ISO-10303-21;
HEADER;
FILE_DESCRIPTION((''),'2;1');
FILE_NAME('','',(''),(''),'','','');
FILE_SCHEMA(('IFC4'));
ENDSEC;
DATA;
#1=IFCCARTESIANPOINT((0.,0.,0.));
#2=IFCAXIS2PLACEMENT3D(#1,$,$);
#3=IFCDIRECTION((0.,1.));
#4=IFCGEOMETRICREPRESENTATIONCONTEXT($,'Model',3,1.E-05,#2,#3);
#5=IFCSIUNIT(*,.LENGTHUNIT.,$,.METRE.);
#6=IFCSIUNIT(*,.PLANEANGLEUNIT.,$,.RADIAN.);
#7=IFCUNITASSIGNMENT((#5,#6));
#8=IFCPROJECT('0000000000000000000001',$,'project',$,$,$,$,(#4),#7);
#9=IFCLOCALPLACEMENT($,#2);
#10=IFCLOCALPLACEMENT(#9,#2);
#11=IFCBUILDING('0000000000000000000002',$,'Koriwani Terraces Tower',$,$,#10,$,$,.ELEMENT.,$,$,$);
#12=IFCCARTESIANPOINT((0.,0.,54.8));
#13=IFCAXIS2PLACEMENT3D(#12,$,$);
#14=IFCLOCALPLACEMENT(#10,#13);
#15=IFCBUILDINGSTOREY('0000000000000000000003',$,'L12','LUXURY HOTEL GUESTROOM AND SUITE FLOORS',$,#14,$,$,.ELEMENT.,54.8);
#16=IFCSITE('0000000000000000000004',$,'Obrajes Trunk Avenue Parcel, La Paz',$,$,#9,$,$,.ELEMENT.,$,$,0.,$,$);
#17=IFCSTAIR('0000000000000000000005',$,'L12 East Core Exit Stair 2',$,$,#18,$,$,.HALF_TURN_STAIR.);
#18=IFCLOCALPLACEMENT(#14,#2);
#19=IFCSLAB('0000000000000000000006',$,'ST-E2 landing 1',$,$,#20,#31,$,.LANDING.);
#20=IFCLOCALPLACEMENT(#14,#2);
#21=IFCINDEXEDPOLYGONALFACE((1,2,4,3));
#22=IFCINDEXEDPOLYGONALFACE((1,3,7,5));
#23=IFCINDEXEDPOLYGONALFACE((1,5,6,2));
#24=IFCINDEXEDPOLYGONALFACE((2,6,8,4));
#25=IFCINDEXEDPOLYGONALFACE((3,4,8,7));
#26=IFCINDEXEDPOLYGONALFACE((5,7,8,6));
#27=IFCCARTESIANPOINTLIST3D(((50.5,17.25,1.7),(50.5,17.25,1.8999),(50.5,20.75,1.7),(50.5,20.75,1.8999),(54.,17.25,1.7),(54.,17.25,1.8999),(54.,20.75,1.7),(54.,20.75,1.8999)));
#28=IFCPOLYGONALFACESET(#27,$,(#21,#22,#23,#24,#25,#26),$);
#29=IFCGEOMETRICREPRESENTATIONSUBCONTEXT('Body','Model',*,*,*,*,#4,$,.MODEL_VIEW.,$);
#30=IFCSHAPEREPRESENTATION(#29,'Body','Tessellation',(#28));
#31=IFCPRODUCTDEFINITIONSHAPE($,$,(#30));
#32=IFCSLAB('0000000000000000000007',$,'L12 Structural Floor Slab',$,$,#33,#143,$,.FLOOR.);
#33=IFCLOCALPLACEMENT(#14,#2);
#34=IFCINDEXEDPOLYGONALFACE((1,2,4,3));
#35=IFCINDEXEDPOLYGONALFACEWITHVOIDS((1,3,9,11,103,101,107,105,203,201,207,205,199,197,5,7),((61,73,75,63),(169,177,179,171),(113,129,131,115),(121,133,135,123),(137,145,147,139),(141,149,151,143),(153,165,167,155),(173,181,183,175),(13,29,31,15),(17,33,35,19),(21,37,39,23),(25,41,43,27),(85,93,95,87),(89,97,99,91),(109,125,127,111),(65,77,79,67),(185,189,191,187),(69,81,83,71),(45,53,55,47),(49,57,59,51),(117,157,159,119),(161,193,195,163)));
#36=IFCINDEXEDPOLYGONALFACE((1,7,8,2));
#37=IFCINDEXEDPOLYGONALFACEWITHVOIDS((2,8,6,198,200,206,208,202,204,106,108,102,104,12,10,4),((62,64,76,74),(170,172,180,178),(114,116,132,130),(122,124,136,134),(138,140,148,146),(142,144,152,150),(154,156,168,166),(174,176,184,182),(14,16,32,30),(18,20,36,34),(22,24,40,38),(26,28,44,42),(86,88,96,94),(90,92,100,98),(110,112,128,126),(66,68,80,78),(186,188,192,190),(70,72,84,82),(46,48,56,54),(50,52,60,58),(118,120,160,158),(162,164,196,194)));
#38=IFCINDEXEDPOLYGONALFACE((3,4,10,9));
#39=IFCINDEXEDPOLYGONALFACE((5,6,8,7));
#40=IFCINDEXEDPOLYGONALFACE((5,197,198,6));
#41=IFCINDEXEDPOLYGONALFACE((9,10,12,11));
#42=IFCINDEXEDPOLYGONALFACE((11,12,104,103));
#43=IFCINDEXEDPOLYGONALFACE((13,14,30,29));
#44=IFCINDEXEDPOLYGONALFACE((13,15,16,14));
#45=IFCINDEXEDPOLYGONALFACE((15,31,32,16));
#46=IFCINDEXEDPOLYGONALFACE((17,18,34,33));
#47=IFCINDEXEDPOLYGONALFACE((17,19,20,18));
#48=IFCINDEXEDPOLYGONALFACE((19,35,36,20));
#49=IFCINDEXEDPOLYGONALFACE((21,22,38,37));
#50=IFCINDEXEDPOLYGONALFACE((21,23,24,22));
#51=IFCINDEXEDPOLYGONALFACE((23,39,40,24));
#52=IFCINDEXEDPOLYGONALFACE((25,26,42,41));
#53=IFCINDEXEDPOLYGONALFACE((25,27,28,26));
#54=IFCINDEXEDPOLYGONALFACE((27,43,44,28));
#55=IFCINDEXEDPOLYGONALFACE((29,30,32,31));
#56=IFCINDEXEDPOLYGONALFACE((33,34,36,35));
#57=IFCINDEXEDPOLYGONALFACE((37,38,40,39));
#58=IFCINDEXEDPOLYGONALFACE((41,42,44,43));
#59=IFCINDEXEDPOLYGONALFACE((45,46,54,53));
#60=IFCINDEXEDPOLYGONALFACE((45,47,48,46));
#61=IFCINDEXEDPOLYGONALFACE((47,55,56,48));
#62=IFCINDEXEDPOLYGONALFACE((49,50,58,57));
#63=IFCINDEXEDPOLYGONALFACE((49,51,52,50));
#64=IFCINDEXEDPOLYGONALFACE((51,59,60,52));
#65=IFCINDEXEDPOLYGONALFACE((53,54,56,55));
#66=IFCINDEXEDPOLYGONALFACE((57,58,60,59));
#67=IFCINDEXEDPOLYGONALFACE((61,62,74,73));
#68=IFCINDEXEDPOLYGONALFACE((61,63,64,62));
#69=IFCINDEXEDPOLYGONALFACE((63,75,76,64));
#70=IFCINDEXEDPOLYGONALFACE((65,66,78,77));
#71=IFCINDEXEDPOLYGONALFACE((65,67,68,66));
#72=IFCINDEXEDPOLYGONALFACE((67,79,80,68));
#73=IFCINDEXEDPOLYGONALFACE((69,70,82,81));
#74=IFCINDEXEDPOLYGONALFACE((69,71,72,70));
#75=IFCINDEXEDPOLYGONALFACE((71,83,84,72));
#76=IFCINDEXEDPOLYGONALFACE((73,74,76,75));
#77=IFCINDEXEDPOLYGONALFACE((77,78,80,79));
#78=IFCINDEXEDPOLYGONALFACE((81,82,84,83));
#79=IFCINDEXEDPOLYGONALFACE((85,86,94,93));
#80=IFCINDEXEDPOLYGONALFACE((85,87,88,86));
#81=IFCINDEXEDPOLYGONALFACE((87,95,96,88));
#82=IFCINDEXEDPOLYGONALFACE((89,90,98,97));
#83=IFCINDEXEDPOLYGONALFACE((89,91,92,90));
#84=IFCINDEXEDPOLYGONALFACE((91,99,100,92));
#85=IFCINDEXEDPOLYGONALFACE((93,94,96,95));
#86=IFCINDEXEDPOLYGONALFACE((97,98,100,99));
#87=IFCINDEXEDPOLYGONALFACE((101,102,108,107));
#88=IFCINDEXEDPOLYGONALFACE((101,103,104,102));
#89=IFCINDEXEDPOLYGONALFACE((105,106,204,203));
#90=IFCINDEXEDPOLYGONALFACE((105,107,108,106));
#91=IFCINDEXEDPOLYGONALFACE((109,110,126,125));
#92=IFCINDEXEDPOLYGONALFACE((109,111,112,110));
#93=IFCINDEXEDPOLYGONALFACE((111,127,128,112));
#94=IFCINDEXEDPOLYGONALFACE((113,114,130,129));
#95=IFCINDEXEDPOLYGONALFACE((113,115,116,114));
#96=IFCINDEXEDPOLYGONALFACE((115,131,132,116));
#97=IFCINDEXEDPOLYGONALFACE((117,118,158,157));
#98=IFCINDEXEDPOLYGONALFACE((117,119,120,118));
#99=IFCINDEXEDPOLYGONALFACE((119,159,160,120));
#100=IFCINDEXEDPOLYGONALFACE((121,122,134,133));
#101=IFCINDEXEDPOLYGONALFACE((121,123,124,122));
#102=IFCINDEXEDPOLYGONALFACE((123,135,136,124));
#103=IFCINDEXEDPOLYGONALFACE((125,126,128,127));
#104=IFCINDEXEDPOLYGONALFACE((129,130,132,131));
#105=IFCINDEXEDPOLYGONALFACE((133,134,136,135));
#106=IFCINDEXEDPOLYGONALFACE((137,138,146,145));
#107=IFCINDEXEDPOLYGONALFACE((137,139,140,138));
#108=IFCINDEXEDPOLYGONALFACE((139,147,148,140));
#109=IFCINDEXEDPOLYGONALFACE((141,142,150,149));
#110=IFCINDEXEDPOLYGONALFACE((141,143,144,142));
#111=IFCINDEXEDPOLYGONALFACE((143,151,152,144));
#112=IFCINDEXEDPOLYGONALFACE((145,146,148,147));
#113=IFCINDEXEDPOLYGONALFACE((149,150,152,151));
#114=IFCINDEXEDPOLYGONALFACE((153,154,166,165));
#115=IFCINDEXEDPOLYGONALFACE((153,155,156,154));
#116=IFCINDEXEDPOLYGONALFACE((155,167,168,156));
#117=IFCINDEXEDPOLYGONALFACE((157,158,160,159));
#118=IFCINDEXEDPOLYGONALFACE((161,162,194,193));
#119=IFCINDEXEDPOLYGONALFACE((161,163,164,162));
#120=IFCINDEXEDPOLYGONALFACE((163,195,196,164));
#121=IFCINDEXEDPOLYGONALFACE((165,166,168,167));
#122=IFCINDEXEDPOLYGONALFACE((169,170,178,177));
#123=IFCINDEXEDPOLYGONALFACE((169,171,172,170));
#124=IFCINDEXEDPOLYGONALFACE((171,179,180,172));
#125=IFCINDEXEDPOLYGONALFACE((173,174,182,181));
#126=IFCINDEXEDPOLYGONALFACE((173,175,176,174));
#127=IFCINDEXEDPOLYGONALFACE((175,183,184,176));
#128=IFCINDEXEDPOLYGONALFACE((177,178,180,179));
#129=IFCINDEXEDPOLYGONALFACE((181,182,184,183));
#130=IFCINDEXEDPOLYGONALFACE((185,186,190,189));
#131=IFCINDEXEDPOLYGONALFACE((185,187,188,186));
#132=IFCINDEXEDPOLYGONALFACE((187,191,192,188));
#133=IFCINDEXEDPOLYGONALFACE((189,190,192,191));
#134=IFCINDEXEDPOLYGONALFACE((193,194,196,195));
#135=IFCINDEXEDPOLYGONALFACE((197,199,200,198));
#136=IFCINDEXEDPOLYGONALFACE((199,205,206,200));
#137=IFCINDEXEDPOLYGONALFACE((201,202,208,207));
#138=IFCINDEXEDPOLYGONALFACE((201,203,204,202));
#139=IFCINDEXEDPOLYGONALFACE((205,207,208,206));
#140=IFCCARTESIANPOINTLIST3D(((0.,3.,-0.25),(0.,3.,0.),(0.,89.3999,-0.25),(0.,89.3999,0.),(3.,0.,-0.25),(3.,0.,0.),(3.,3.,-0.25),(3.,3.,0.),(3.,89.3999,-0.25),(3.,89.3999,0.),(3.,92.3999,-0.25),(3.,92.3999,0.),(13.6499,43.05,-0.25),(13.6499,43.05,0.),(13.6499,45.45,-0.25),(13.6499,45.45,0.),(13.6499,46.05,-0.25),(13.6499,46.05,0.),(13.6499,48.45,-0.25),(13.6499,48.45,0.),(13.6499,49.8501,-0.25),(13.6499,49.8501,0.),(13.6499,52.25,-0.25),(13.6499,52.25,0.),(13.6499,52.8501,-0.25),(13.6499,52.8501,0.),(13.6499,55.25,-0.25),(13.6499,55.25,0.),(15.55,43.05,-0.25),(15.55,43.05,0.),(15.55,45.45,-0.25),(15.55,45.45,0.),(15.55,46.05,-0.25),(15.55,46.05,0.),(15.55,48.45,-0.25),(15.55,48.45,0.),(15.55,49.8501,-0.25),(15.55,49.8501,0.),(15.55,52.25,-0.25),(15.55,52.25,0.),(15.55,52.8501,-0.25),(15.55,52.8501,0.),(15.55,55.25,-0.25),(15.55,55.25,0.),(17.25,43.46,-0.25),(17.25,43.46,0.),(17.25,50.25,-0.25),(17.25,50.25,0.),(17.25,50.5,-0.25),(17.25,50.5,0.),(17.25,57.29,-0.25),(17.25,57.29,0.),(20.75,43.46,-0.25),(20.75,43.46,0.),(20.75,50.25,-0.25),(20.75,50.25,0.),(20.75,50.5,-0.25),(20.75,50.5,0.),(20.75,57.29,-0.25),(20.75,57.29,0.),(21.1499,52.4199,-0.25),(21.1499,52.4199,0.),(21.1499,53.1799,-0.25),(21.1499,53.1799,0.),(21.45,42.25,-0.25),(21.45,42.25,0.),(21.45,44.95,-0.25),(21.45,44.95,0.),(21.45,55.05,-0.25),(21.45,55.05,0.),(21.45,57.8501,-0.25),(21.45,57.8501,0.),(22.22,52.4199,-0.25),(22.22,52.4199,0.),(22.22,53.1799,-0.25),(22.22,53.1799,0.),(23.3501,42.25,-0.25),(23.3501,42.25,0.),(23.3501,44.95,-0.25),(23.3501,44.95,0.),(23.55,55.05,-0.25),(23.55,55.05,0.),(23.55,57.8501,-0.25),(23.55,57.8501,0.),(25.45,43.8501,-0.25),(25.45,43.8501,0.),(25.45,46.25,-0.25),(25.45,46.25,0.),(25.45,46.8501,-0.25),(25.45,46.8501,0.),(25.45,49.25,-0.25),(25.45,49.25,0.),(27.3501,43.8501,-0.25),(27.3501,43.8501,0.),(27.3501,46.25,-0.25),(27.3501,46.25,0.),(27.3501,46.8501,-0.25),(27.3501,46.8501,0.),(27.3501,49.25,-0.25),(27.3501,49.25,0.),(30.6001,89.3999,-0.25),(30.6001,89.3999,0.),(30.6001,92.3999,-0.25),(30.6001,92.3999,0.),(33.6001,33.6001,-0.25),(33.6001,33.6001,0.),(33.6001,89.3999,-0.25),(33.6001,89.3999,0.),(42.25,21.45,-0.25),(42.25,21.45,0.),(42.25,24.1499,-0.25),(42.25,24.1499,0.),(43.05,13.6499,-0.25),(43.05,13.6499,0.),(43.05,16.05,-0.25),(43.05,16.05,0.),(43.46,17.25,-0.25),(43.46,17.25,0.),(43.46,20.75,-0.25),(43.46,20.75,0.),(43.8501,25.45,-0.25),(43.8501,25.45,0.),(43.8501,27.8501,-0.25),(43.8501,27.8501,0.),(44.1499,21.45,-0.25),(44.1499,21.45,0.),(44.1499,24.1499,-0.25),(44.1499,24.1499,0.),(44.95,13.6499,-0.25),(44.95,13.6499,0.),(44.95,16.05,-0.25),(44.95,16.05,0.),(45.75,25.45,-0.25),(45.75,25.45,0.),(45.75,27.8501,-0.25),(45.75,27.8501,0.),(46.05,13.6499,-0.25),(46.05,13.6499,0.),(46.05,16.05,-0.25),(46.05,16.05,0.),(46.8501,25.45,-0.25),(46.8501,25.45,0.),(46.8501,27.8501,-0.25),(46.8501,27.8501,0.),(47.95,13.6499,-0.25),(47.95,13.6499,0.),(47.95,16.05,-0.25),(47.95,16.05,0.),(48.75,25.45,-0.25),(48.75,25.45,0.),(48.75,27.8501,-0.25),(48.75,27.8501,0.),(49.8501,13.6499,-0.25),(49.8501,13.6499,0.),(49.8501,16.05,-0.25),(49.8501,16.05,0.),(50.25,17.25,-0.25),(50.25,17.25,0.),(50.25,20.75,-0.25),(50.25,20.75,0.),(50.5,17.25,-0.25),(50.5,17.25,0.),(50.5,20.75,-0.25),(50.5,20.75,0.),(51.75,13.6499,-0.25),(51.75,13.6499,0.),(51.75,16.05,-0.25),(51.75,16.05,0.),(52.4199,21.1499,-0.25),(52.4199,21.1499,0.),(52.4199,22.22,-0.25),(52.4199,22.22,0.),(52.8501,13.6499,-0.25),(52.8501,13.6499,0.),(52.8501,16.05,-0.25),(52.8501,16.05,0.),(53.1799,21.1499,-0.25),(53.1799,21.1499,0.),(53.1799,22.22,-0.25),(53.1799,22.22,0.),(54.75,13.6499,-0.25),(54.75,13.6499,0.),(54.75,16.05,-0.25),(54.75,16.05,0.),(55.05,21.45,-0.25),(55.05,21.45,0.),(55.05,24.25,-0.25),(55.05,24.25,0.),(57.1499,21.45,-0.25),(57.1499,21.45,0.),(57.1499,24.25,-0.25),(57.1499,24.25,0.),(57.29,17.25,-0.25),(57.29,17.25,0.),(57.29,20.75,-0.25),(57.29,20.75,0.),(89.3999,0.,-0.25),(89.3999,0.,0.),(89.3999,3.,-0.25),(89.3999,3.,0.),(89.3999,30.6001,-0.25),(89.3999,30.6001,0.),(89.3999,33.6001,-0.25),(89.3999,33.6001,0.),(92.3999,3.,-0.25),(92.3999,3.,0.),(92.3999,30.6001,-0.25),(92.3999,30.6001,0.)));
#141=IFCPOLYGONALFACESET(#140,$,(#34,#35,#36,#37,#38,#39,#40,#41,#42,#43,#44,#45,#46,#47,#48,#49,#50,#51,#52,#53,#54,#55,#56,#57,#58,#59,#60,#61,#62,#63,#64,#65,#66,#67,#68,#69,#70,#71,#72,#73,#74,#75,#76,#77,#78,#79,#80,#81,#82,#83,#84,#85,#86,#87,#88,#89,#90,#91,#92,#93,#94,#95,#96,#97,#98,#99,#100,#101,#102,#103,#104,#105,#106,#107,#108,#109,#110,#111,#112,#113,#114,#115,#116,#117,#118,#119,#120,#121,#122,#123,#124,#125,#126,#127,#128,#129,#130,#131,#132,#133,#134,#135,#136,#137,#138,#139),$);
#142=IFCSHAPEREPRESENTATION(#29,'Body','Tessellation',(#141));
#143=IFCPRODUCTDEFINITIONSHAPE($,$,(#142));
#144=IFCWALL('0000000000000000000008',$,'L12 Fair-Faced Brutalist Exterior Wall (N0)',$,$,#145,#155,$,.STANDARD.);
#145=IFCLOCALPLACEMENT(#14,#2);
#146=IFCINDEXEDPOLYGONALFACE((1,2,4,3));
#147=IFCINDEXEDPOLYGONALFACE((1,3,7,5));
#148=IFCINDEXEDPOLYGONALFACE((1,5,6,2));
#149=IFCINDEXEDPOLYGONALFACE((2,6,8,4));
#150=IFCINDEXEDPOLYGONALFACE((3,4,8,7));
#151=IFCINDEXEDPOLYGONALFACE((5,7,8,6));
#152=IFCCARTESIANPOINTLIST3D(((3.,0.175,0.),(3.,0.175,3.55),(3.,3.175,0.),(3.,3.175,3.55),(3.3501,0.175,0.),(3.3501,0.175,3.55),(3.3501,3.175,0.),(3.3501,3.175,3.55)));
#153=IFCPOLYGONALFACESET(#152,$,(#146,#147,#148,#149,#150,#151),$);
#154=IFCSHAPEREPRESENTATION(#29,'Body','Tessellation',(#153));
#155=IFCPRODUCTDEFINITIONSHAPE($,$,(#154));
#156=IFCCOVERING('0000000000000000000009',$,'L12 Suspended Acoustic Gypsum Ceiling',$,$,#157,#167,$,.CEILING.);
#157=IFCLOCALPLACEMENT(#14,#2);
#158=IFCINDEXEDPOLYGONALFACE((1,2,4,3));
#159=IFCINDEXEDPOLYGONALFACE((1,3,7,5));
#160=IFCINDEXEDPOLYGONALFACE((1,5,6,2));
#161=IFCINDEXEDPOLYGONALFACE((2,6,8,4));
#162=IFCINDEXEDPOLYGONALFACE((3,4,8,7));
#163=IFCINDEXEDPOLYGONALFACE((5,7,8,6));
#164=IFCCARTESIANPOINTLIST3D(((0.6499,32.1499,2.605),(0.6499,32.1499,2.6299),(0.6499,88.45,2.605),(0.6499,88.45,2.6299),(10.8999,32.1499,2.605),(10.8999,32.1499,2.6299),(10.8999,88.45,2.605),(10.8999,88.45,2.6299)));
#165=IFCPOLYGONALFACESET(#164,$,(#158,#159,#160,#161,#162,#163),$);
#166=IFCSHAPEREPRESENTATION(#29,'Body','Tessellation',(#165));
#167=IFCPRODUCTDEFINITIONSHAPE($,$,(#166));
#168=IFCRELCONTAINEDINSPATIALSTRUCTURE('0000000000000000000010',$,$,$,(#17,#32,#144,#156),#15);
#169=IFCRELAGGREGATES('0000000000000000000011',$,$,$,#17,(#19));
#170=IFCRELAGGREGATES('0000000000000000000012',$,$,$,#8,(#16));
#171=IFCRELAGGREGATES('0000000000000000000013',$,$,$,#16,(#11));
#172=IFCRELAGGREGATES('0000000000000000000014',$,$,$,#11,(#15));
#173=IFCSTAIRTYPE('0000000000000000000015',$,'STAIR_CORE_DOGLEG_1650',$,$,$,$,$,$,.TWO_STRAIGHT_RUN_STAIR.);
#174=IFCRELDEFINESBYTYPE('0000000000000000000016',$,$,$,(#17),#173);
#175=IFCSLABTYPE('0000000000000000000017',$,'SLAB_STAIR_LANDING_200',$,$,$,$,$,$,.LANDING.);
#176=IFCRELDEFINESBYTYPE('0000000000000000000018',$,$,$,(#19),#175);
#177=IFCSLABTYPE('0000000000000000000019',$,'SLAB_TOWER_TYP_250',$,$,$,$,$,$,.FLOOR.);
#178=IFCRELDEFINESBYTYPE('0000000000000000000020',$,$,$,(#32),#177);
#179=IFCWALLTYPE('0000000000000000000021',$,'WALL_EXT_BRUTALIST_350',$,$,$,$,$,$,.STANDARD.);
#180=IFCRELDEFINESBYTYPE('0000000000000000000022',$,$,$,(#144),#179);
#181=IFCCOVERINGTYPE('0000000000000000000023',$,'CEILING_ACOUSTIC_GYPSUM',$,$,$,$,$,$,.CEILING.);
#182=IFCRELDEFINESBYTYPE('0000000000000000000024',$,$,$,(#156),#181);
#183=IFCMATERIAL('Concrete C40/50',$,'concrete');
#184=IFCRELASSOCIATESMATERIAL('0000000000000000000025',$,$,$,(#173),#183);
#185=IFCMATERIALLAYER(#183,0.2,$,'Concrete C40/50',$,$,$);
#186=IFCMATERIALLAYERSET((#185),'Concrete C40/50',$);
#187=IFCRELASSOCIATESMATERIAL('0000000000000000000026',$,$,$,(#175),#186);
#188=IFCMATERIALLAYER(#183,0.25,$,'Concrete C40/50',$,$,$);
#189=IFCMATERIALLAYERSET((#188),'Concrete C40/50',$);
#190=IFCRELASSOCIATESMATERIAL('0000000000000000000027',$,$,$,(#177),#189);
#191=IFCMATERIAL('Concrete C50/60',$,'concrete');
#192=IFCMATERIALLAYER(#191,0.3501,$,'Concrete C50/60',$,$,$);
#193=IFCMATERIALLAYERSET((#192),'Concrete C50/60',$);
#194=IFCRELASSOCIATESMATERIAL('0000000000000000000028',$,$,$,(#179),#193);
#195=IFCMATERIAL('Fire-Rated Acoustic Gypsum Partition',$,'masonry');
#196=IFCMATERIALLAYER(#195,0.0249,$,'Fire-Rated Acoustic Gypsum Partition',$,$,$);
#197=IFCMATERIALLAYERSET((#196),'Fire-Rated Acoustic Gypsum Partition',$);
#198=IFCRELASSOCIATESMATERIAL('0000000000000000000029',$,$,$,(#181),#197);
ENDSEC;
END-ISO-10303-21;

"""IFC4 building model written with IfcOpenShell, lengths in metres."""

from ifc_helpers import new_model, si_unit, direction, frame, frame_2d, origin, place, context, subcontext, project, spatial, polyline, rectangle, outline, extrude, material, layer, layer_set, type_object, element, aggregate, save


model = new_model("IFC4")

# Units and contexts
model_context = context("Model", 3, precision=1e-05, world=origin(), true_north=direction((0.0, 1.0)))
body_context = subcontext(model_context, "Body", "Model", "MODEL_VIEW")
ifc_project = project(units=[si_unit("LENGTHUNIT", "METRE"), si_unit("PLANEANGLEUNIT", "RADIAN")], contexts=[model_context])

# Site, building, storey
site_placement = place(None, origin())
site = spatial("IfcSite", under=ifc_project, at=site_placement, Name="Obrajes Trunk Avenue Parcel, La Paz", CompositionType="ELEMENT", RefElevation=0.0)
building_placement = place(site_placement, origin())
building = spatial("IfcBuilding", under=site, at=building_placement, Name="Koriwani Terraces Tower", CompositionType="ELEMENT")
storey_placement = place(building_placement, frame((0.0, 0.0, 54.8)))
storey = spatial("IfcBuildingStorey", under=building, at=storey_placement, Name="L12", Description="LUXURY HOTEL GUESTROOM AND SUITE FLOORS", CompositionType="ELEMENT", Elevation=54.8)

# Shared definitions
ifc_material_1 = material(Name="Concrete C40/50", Category="concrete")

# Stair, slab
stair_type = type_object("IfcStairType", Name="STAIR_CORE_DOGLEG_1650", PredefinedType="TWO_STRAIGHT_RUN_STAIR", material=ifc_material_1)
ifc_layer_1 = layer(ifc_material_1, 0.2, Name="Concrete C40/50")
ifc_layer_set_1 = layer_set([ifc_layer_1], Name="Concrete C40/50")
slab_type_1 = type_object("IfcSlabType", Name="SLAB_STAIR_LANDING_200", PredefinedType="LANDING", material=ifc_layer_set_1)
stair_1_placement = place(storey_placement, origin())
stair_1 = element("IfcStair", 1, at=stair_1_placement, inside=storey, type_object=stair_type, Name="L12 East Core Exit Stair 2", PredefinedType="HALF_TURN_STAIR")
slab_1_placement = place(storey_placement, frame((0.0, 0.0, 1.7)))
slab_1 = element("IfcSlab", 2, at=slab_1_placement, type_object=slab_type_1, Name="ST-E2 landing 1", PredefinedType="LANDING", context=body_context, shape_type="SweptSolid", body=[
    extrude(outline(polyline([(54.0, 20.75), (50.5, 20.75), (50.5, 17.25), (54.0, 17.25), (54.0, 20.75)])), origin(), (0.0, 0.0, 1.0), 0.2),
])
aggregate(stair_1, [slab_1])

# Slab
ifc_layer_2 = layer(ifc_material_1, 0.25, Name="Concrete C40/50")
ifc_layer_set_2 = layer_set([ifc_layer_2], Name="Concrete C40/50")
slab_type_2 = type_object("IfcSlabType", Name="SLAB_TOWER_TYP_250", PredefinedType="FLOOR", material=ifc_layer_set_2)
slab_2_placement = place(storey_placement, frame((0.0, 0.0, -0.25)))
element("IfcSlab", 3, at=slab_2_placement, inside=storey, type_object=slab_type_2, Name="L12 Structural Floor Slab", PredefinedType="FLOOR", context=body_context, shape_type="SweptSolid", body=[
    extrude(outline(polyline([(3.0, 0.0), (89.3999, 0.0), (89.3999, 3.0), (92.3999, 3.0), (92.3999, 30.6001), (89.3999, 30.6001), (89.3999, 33.6001), (33.6001, 33.6001), (33.6001, 89.3999), (30.6001, 89.3999), (30.6001, 92.3999), (3.0, 92.3999), (3.0, 89.3999), (0.0, 89.3999), (0.0, 3.0), (3.0, 3.0), (3.0, 0.0)]), holes=[polyline([(17.25, 43.46), (20.75, 43.46), (20.75, 50.25), (17.25, 50.25), (17.25, 43.46)]), polyline([(17.25, 50.5), (20.75, 50.5), (20.75, 57.29), (17.25, 57.29), (17.25, 50.5)]), polyline([(43.46, 17.25), (50.25, 17.25), (50.25, 20.75), (43.46, 20.75), (43.46, 17.25)]), polyline([(50.5, 17.25), (57.29, 17.25), (57.29, 20.75), (50.5, 20.75), (50.5, 17.25)]), polyline([(13.6499, 43.05), (15.55, 43.05), (15.55, 45.45), (13.6499, 45.45), (13.6499, 43.05)]), polyline([(13.6499, 46.05), (15.55, 46.05), (15.55, 48.45), (13.6499, 48.45), (13.6499, 46.05)]), polyline([(43.05, 13.6499), (44.95, 13.6499), (44.95, 16.05), (43.05, 16.05), (43.05, 13.6499)]), polyline([(46.05, 13.6499), (47.95, 13.6499), (47.95, 16.05), (46.05, 16.05), (46.05, 13.6499)]), polyline([(13.6499, 49.8501), (15.55, 49.8501), (15.55, 52.25), (13.6499, 52.25), (13.6499, 49.8501)]), polyline([(13.6499, 52.8501), (15.55, 52.8501), (15.55, 55.25), (13.6499, 55.25), (13.6499, 52.8501)]), polyline([(49.8501, 13.6499), (51.75, 13.6499), (51.75, 16.05), (49.8501, 16.05), (49.8501, 13.6499)]), polyline([(52.8501, 13.6499), (54.75, 13.6499), (54.75, 16.05), (52.8501, 16.05), (52.8501, 13.6499)]), polyline([(25.45, 43.8501), (27.3501, 43.8501), (27.3501, 46.25), (25.45, 46.25), (25.45, 43.8501)]), polyline([(25.45, 46.8501), (27.3501, 46.8501), (27.3501, 49.25), (25.45, 49.25), (25.45, 46.8501)]), polyline([(43.8501, 25.45), (45.75, 25.45), (45.75, 27.8501), (43.8501, 27.8501), (43.8501, 25.45)]), polyline([(46.8501, 25.45), (48.75, 25.45), (48.75, 27.8501), (46.8501, 27.8501), (46.8501, 25.45)]), polyline([(21.45, 55.05), (23.55, 55.05), (23.55, 57.8501), (21.45, 57.8501), (21.45, 55.05)]), polyline([(55.05, 21.45), (57.1499, 21.45), (57.1499, 24.25), (55.05, 24.25), (55.05, 21.45)]), polyline([(21.45, 42.25), (23.3501, 42.25), (23.3501, 44.95), (21.45, 44.95), (21.45, 42.25)]), polyline([(42.25, 21.45), (44.1499, 21.45), (44.1499, 24.1499), (42.25, 24.1499), (42.25, 21.45)]), polyline([(21.1499, 52.4199), (22.22, 52.4199), (22.22, 53.1799), (21.1499, 53.1799), (21.1499, 52.4199)]), polyline([(52.4199, 21.1499), (53.1799, 21.1499), (53.1799, 22.22), (52.4199, 22.22), (52.4199, 21.1499)])]), origin(), (0.0, 0.0, 1.0), 0.25),
])

# Wall
ifc_material_2 = material(Name="Concrete C50/60", Category="concrete")
ifc_layer_3 = layer(ifc_material_2, 0.3501, Name="Concrete C50/60")
ifc_layer_set_3 = layer_set([ifc_layer_3], Name="Concrete C50/60")
wall_type_1 = type_object("IfcWallType", Name="WALL_EXT_BRUTALIST_350", PredefinedType="STANDARD", material=ifc_layer_set_3)
wall_1_placement = place(storey_placement, frame((3.175, 0.175, 0.0), z_axis=(0.0, 0.0, 1.0), x_axis=(0.0, 1.0, 0.0)))
element("IfcWall", 4, at=wall_1_placement, inside=storey, type_object=wall_type_1, Name="L12 Fair-Faced Brutalist Exterior Wall (N0)", PredefinedType="STANDARD", context=body_context, shape_type="SweptSolid", body=[
    extrude(rectangle(XDim=3.0, YDim=0.3501, at=frame_2d((1.5, 0.0))), origin(), (0.0, 0.0, 1.0), 3.55),
])

# Covering
ifc_material_3 = material(Name="Fire-Rated Acoustic Gypsum Partition", Category="masonry")
ifc_layer_4 = layer(ifc_material_3, 0.0249, Name="Fire-Rated Acoustic Gypsum Partition")
ifc_layer_set_4 = layer_set([ifc_layer_4], Name="Fire-Rated Acoustic Gypsum Partition")
covering_type_1 = type_object("IfcCoveringType", Name="CEILING_ACOUSTIC_GYPSUM", PredefinedType="CEILING", material=ifc_layer_set_4)
covering_1_placement = place(storey_placement, frame((0.0, 0.0, 2.605)))
element("IfcCovering", 5, at=covering_1_placement, inside=storey, type_object=covering_type_1, Name="L12 Suspended Acoustic Gypsum Ceiling", PredefinedType="CEILING", context=body_context, shape_type="SweptSolid", body=[
    extrude(outline(polyline([(0.6499, 32.1499), (0.6499, 88.45), (10.8999, 88.45), (10.8999, 32.1499), (0.6499, 32.1499)])), origin(), (0.0, 0.0, 1.0), 0.0249),
])

save(model, "model.ifc")
